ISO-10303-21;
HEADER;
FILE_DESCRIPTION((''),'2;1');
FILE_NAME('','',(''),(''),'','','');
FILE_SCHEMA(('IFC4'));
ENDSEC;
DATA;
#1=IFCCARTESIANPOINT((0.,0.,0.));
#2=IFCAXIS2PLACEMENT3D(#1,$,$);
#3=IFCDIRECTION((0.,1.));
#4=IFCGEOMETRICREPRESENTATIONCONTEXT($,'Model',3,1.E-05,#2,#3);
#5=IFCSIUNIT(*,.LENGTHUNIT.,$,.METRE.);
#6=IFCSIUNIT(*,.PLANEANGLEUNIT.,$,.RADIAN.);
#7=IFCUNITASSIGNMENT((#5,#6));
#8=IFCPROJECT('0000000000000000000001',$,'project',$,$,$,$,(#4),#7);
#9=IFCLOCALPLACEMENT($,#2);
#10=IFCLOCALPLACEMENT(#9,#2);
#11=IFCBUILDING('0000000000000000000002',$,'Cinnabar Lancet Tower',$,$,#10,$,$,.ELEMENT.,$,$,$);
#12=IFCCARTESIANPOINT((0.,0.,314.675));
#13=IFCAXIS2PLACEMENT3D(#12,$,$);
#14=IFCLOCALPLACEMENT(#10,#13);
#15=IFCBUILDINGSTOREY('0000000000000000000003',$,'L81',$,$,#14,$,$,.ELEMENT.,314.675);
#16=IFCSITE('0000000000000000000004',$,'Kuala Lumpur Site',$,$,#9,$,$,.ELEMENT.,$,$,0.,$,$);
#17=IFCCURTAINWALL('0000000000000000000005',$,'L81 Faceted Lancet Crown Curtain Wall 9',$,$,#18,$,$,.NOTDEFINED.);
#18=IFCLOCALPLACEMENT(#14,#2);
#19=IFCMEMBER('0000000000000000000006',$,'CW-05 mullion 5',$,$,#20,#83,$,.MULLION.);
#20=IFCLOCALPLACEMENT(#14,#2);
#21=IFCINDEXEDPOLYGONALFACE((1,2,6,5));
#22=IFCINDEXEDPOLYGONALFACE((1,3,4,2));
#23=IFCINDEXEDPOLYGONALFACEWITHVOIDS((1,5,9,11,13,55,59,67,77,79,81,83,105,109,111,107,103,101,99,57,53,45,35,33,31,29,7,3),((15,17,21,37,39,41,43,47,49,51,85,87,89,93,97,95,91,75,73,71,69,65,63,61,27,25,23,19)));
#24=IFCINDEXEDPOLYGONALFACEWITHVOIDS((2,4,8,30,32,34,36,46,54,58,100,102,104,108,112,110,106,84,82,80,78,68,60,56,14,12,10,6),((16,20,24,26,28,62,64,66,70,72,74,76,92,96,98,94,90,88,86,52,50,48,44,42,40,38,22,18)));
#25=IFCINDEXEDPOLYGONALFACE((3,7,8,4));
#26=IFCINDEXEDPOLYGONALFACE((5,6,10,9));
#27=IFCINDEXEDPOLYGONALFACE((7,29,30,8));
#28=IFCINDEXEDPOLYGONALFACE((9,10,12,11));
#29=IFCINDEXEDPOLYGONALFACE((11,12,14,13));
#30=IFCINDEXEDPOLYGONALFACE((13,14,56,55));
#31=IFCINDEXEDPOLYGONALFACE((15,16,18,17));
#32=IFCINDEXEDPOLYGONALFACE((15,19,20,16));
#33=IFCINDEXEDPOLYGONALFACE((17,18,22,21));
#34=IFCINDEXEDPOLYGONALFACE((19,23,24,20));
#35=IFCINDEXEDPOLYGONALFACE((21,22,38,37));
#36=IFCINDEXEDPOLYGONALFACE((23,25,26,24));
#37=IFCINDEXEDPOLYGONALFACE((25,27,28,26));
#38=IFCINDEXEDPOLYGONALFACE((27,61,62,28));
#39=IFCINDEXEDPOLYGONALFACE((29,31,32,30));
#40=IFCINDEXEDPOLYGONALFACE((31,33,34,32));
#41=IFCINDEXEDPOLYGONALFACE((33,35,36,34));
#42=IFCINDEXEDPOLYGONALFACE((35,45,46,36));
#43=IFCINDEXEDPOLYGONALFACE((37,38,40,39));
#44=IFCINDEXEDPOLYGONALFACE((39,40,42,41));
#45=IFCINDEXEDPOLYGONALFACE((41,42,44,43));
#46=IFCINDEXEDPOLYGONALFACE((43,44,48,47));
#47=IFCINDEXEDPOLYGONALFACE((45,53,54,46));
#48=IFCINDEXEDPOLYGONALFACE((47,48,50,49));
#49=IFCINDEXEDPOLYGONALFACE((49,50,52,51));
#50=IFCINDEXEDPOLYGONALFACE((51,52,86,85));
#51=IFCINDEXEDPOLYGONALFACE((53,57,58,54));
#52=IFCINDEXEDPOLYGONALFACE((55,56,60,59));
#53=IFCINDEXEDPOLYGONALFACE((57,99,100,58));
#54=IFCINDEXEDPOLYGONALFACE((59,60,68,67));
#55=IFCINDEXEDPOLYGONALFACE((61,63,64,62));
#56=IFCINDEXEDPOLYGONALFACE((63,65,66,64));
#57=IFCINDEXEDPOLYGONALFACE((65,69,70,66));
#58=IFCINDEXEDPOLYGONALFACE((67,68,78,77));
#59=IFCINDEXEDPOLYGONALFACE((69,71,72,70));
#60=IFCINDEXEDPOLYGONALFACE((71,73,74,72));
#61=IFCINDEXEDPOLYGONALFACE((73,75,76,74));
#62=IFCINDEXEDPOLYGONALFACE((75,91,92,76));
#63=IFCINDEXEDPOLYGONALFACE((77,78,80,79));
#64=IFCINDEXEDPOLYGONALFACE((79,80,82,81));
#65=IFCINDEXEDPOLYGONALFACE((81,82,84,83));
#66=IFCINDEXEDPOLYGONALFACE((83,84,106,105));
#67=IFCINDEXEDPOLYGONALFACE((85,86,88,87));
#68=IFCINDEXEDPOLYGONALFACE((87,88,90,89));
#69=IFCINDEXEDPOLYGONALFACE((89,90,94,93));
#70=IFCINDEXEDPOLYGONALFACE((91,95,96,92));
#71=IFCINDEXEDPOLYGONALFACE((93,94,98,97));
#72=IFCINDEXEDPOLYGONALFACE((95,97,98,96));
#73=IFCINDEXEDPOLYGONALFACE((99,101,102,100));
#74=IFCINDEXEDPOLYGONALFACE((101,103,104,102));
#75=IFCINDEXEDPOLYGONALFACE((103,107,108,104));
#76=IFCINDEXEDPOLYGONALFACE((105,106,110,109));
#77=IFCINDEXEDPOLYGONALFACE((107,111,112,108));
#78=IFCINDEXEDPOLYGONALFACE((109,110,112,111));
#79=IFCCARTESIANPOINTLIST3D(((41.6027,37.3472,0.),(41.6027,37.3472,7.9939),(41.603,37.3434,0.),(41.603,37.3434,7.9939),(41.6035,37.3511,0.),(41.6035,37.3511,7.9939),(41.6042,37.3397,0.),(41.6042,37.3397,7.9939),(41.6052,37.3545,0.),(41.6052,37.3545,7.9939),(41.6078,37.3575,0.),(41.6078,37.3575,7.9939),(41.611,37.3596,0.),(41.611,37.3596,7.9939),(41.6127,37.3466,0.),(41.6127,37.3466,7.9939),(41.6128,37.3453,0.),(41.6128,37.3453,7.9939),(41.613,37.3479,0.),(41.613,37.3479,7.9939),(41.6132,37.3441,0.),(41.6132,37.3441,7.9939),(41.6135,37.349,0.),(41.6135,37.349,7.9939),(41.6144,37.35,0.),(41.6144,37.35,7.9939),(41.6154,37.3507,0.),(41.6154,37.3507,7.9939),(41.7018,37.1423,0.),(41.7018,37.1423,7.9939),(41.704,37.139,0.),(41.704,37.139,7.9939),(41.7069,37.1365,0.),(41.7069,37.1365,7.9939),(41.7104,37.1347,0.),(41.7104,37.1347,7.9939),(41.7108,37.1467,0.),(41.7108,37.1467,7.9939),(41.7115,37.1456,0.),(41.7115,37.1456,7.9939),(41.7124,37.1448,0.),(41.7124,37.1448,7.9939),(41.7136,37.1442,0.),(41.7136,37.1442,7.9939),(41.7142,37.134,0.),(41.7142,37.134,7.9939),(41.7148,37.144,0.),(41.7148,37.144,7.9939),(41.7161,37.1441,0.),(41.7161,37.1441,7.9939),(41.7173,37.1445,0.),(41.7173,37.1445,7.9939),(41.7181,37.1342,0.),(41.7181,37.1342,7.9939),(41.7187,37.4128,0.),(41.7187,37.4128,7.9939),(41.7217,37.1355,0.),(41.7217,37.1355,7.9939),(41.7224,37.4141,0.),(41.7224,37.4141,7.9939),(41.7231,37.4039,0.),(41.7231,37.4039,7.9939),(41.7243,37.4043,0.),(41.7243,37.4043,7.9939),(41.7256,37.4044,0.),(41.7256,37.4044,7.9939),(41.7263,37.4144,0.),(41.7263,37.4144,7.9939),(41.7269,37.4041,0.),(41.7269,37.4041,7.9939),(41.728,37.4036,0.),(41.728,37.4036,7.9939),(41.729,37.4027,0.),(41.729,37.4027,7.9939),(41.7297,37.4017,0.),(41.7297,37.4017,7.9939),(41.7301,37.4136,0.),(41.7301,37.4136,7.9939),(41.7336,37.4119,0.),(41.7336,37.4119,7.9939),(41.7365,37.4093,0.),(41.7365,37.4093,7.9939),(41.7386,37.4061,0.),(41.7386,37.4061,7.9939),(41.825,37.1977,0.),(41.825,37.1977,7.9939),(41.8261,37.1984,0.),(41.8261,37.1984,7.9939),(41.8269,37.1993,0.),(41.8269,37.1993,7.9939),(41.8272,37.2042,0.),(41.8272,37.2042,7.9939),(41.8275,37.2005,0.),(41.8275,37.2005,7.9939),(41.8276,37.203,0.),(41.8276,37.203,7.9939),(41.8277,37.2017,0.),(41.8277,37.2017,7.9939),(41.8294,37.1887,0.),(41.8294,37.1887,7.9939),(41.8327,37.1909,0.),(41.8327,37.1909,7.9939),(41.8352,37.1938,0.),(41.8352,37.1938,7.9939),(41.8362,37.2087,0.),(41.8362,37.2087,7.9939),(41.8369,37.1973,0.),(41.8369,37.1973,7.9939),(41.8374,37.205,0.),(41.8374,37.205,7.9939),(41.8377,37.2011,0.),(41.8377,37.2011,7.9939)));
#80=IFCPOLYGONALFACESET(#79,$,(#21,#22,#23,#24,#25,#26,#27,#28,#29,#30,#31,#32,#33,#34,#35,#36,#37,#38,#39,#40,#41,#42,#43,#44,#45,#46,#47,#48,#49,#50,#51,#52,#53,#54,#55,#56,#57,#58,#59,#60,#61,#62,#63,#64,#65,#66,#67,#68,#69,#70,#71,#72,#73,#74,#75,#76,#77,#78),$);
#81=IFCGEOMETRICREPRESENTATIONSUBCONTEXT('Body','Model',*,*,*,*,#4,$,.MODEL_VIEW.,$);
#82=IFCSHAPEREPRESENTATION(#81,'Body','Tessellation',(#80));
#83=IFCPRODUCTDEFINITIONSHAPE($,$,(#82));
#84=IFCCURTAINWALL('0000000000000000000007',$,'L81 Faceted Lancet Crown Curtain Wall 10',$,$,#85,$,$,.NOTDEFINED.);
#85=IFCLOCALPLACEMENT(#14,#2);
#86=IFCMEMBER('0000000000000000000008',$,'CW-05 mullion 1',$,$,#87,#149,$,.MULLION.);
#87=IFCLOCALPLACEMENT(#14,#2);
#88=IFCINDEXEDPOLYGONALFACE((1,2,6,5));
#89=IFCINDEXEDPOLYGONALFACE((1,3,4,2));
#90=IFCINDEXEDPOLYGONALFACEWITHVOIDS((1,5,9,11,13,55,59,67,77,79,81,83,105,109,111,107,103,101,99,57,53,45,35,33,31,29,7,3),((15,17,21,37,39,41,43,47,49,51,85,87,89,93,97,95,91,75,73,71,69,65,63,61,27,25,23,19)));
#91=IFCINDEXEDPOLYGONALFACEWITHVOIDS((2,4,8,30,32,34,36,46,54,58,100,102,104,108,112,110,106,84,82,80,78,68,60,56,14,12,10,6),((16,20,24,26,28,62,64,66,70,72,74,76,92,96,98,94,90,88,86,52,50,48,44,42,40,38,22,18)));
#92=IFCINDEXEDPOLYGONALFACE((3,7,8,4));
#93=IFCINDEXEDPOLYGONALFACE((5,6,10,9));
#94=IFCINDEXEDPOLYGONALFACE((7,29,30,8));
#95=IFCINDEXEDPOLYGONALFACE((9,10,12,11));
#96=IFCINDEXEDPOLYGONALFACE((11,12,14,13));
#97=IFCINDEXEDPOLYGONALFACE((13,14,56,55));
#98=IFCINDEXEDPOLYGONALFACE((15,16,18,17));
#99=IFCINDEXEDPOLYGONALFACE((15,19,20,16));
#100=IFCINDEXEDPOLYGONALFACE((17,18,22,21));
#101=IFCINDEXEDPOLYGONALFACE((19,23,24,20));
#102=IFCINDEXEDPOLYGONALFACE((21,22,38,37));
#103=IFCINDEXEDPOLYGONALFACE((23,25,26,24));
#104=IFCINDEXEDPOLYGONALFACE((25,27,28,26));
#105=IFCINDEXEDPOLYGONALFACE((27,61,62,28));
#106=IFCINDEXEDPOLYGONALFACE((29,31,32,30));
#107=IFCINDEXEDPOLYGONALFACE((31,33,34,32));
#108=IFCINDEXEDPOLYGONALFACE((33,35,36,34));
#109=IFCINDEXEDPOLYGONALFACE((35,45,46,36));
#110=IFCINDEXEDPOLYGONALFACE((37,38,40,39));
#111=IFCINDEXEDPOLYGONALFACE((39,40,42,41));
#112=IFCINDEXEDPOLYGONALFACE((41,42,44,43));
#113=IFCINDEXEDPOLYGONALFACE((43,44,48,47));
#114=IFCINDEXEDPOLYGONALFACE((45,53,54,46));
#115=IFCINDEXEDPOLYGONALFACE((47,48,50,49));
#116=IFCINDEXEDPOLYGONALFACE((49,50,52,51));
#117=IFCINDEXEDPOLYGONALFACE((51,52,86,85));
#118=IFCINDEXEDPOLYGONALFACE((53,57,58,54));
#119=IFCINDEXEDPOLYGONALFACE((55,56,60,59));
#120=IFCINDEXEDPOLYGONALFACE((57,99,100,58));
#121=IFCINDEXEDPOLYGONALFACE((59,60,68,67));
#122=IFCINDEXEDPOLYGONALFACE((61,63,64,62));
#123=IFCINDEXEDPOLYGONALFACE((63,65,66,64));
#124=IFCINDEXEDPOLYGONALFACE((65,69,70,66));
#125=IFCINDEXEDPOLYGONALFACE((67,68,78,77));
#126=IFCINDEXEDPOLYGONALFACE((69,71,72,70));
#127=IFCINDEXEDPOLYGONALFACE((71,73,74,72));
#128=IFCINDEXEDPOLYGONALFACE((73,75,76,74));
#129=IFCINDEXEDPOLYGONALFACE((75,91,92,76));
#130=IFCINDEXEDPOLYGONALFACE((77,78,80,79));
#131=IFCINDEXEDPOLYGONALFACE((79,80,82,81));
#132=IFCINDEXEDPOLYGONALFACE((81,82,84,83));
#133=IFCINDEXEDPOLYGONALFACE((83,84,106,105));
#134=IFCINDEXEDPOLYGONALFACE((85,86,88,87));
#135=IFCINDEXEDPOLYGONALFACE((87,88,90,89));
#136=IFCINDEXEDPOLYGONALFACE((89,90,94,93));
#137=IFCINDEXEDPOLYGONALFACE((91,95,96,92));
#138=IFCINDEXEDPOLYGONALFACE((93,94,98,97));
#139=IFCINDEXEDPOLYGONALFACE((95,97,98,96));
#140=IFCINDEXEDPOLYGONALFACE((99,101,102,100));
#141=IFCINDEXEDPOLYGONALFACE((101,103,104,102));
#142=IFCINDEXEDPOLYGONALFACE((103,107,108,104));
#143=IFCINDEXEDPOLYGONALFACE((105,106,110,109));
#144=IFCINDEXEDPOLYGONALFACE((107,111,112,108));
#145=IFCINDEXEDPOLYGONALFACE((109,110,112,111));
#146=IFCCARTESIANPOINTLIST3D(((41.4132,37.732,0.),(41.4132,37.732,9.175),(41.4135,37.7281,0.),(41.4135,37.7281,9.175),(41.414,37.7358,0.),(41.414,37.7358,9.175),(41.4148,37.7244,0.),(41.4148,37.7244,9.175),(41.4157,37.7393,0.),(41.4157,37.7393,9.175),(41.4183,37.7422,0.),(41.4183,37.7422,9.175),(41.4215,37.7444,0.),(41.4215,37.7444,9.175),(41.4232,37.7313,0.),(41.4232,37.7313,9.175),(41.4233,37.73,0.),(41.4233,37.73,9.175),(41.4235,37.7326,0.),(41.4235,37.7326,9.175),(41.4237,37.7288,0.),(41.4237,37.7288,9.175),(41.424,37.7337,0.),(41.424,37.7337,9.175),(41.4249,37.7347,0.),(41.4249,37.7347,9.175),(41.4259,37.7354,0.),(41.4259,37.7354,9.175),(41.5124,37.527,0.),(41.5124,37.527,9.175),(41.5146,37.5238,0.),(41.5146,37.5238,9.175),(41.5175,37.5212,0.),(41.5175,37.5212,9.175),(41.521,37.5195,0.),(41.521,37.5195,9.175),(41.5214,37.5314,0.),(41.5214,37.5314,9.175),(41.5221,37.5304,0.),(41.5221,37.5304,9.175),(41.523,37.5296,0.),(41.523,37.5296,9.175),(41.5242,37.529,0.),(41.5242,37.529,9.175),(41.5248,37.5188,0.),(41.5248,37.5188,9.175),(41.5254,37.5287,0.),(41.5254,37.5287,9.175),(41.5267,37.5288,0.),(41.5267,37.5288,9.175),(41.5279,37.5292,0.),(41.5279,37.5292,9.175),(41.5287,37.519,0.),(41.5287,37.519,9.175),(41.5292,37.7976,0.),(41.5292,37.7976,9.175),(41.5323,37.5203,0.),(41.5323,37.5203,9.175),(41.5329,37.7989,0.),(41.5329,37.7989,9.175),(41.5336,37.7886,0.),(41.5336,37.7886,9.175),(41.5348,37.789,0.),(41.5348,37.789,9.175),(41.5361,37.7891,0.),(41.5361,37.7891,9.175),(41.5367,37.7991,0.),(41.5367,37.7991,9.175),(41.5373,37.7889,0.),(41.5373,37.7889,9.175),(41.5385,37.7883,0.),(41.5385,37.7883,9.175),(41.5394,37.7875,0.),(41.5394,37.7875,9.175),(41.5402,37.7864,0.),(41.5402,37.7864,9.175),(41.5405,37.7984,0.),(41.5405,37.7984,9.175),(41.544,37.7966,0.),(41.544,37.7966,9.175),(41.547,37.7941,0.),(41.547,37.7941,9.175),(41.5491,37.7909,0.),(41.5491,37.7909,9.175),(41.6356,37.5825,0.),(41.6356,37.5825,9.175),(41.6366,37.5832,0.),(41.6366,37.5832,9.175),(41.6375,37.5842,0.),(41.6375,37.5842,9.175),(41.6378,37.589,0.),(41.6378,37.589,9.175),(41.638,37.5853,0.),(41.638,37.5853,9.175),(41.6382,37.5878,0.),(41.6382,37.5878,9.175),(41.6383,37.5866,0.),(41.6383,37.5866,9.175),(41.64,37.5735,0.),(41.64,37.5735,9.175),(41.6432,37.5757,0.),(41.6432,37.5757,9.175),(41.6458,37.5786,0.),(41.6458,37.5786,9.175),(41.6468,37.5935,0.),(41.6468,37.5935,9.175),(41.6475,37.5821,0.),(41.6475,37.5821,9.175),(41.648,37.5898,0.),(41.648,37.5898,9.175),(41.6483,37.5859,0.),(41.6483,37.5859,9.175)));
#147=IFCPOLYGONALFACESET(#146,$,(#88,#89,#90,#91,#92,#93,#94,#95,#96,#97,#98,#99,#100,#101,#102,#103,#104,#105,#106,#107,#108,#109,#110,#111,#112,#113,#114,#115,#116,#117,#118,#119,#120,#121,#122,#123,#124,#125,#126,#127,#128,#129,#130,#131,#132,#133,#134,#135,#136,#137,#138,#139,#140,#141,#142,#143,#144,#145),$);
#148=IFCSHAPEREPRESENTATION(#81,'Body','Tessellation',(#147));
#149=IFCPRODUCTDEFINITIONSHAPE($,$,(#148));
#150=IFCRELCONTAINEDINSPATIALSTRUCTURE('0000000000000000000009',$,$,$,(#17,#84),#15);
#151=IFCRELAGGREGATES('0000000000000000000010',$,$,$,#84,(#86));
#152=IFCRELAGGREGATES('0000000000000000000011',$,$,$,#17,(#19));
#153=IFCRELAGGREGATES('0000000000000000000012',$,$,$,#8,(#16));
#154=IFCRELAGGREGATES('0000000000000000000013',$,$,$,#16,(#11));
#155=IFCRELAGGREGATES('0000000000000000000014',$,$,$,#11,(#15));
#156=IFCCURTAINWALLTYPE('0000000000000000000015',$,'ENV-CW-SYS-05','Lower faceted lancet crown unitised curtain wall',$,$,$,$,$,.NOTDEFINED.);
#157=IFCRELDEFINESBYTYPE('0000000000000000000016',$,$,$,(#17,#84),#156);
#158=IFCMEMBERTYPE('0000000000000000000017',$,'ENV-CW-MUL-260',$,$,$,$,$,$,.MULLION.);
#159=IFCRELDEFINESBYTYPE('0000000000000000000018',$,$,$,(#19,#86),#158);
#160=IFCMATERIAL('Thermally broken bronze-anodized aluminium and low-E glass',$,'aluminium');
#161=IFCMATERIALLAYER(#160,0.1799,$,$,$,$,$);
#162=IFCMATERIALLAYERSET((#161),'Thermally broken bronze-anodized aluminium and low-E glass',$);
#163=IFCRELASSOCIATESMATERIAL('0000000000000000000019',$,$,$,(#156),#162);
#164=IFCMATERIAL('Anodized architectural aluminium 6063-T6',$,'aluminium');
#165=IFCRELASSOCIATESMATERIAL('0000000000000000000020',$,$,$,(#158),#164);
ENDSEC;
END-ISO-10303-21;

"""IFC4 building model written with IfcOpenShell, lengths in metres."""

from ifc_helpers import new_model, si_unit, direction, frame, origin, origin_2d, place, context, subcontext, project, spatial, hollow_rectangle, extrude, material, layer, layer_set, material_profile, profile_set, type_object, element, aggregate, save


model = new_model("IFC4")

# Units and contexts
model_context = context("Model", 3, precision=1e-05, world=origin(), true_north=direction((0.0, 1.0)))
body_context = subcontext(model_context, "Body", "Model", "MODEL_VIEW")
ifc_project = project(units=[si_unit("LENGTHUNIT", "METRE"), si_unit("PLANEANGLEUNIT", "RADIAN")], contexts=[model_context])

# Site, building, storey
site_placement = place(None, origin())
site = spatial("IfcSite", under=ifc_project, at=site_placement, Name="Kuala Lumpur Site", CompositionType="ELEMENT", RefElevation=0.0)
building_placement = place(site_placement, origin())
building = spatial("IfcBuilding", under=site, at=building_placement, Name="Cinnabar Lancet Tower", CompositionType="ELEMENT")
storey_placement = place(building_placement, frame((0.0, 0.0, 314.675)))
storey = spatial("IfcBuildingStorey", under=building, at=storey_placement, Name="L81", CompositionType="ELEMENT", Elevation=314.675)

# Curtain wall, member
ifc_material_1 = material(Name="Thermally broken bronze-anodized aluminium and low-E glass", Category="aluminium")
ifc_layer_1 = layer(ifc_material_1, 0.1799)
ifc_layer_set_1 = layer_set([ifc_layer_1], Name="Thermally broken bronze-anodized aluminium and low-E glass")
curtain_wall_type = type_object("IfcCurtainWallType", Name="ENV-CW-SYS-05", Description="Lower faceted lancet crown unitised curtain wall", PredefinedType="NOTDEFINED", material=ifc_layer_set_1)
curtain_wall_1_placement = place(storey_placement, origin())
curtain_wall_1 = element("IfcCurtainWall", 1, at=curtain_wall_1_placement, inside=storey, type_object=curtain_wall_type, Name="L81 Faceted Lancet Crown Curtain Wall 9", PredefinedType="NOTDEFINED")
ifc_material_2 = material(Name="Anodized architectural aluminium 6063-T6", Category="aluminium")
ifc_material_profile_1 = material_profile(ifc_material_2, hollow_rectangle(XDim=0.1499, YDim=0.25, WallThickness=0.01, InnerFilletRadius=0.0049, OuterFilletRadius=0.0149, at=origin_2d()), Name="RHS 250x150x10")
ifc_profile_set_1 = profile_set([ifc_material_profile_1], Name="Anodized architectural aluminium 6063-T6")
member_type_1 = type_object("IfcMemberType", Name="ENV-CW-MUL-260", PredefinedType="MULLION", material=ifc_profile_set_1)
member_1_placement = place(storey_placement, frame((41.7202, 37.2742, 0.0), z_axis=(0.0, 0.0, 1.0), x_axis=(-0.896552, -0.442939, 0.0)))
member_1 = element("IfcMember", 2, at=member_1_placement, type_object=member_type_1, Name="CW-05 mullion 5", PredefinedType="MULLION", context=body_context, shape_type="SweptSolid", body=[
    extrude(hollow_rectangle(XDim=0.1499, YDim=0.25, WallThickness=0.01, InnerFilletRadius=0.0049, OuterFilletRadius=0.0149, at=origin_2d()), origin(), (0.0, 0.0, 1.0), 7.9939),
])

# Curtain wall, member
curtain_wall_2_placement = place(storey_placement, origin())
curtain_wall_2 = element("IfcCurtainWall", 3, at=curtain_wall_2_placement, inside=storey, type_object=curtain_wall_type, Name="L81 Faceted Lancet Crown Curtain Wall 10", PredefinedType="NOTDEFINED")
member_2_placement = place(storey_placement, frame((41.5308, 37.6589, 0.0), z_axis=(0.0, 0.0, 1.0), x_axis=(-0.896343, -0.443362, 0.0)))
member_2 = element("IfcMember", 4, at=member_2_placement, type_object=member_type_1, Name="CW-05 mullion 1", PredefinedType="MULLION", context=body_context, shape_type="SweptSolid", body=[
    extrude(hollow_rectangle(XDim=0.1499, YDim=0.25, WallThickness=0.01, InnerFilletRadius=0.0049, OuterFilletRadius=0.0149, at=origin_2d()), origin(), (0.0, 0.0, 1.0), 9.175),
])

aggregate(curtain_wall_2, [member_2])

aggregate(curtain_wall_1, [member_1])

save(model, "model.ifc")
